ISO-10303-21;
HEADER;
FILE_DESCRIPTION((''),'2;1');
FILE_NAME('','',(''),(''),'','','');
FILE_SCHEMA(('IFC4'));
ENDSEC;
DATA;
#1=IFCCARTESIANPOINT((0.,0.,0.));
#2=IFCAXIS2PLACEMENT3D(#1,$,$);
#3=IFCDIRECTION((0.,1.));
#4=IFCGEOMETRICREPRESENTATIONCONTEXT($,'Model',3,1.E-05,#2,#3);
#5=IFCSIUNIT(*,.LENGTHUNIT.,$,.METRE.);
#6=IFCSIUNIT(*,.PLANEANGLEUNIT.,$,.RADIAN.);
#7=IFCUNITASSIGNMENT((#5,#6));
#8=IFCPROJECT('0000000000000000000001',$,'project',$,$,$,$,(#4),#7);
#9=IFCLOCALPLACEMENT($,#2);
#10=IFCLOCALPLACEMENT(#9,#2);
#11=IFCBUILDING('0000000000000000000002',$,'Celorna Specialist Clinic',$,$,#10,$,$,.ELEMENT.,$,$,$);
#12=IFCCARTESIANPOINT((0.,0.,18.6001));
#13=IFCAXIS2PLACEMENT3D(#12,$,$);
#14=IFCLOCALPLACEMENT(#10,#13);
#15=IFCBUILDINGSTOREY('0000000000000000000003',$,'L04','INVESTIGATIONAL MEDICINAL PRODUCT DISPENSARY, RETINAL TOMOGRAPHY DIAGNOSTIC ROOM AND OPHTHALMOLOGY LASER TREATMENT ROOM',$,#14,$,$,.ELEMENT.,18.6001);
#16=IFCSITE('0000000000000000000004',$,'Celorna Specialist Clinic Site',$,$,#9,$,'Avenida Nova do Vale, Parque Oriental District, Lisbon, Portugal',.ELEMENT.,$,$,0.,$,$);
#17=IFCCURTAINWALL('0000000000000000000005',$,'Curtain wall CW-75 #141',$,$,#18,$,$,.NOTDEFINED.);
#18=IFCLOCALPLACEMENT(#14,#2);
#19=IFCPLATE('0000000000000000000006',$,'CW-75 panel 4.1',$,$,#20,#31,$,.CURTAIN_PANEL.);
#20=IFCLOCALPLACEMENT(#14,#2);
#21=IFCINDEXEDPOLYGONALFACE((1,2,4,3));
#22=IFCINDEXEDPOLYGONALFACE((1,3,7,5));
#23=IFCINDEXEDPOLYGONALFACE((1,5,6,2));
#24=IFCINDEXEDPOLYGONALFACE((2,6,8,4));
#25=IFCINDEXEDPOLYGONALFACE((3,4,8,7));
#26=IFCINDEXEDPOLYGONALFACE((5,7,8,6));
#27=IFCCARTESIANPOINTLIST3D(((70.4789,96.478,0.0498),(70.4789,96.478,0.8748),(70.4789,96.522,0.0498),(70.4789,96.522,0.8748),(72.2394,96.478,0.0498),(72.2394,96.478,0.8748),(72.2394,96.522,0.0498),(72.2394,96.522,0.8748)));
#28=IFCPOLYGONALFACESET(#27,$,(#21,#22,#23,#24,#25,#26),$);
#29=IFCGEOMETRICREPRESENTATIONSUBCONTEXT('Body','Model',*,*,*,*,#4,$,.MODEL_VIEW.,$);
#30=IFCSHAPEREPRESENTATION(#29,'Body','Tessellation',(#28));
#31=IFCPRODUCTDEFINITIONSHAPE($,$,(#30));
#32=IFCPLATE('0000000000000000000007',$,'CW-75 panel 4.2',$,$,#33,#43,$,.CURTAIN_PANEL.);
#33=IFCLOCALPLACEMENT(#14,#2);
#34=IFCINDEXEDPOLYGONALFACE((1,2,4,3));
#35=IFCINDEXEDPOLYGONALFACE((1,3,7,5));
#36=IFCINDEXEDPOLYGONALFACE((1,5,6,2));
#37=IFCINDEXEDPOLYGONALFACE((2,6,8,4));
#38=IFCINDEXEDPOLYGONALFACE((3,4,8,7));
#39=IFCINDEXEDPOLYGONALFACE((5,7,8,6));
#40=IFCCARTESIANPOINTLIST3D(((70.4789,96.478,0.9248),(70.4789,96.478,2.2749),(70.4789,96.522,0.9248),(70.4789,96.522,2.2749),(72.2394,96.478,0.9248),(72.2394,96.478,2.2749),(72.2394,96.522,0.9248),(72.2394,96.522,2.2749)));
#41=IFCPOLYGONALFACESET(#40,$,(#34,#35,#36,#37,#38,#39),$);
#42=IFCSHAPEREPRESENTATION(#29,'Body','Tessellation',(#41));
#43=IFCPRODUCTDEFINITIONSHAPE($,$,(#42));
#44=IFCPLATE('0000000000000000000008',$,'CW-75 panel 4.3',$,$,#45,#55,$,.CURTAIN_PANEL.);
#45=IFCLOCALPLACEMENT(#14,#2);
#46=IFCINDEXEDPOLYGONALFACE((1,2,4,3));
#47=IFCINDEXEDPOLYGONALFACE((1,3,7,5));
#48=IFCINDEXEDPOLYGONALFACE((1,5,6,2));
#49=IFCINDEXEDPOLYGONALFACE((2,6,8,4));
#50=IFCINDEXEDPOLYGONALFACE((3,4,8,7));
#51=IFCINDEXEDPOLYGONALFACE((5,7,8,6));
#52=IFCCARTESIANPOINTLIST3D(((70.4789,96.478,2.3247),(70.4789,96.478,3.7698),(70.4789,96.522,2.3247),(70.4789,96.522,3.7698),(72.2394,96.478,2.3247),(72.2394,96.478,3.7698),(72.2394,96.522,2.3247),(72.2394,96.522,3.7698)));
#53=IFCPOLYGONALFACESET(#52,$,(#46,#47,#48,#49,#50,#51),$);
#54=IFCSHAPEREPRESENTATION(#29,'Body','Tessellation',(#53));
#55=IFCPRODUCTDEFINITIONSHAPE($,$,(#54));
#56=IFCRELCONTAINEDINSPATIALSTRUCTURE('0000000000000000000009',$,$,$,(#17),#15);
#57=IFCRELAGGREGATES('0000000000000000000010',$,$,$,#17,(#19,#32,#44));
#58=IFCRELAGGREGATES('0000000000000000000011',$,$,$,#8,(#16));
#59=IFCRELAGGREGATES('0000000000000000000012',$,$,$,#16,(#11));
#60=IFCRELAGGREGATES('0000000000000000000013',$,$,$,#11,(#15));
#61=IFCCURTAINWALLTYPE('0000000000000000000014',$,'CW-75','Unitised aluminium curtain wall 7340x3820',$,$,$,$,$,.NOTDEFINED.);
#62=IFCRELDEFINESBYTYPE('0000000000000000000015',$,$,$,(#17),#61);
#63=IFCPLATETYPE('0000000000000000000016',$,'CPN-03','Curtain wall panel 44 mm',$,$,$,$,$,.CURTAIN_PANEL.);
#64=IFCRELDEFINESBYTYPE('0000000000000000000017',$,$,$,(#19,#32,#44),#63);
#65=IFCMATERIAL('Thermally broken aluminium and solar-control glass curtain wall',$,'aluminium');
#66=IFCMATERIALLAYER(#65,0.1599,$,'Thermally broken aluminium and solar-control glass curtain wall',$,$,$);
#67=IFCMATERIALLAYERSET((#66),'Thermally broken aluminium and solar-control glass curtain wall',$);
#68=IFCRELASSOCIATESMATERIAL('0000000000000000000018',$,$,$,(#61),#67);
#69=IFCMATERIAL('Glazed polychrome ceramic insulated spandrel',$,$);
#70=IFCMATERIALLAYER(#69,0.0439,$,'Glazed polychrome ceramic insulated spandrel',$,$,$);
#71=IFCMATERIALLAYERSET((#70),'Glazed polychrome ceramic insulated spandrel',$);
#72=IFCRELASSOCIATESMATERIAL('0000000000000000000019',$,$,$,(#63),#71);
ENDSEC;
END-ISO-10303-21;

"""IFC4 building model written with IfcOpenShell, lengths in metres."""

from ifc_helpers import new_model, si_unit, direction, frame, origin, origin_2d, place, context, subcontext, project, spatial, rectangle, extrude, material, layer, layer_set, type_object, element, aggregate, save


model = new_model("IFC4")

# Units and contexts
model_context = context("Model", 3, precision=1e-05, world=origin(), true_north=direction((0.0, 1.0)))
body_context = subcontext(model_context, "Body", "Model", "MODEL_VIEW")
ifc_project = project(units=[si_unit("LENGTHUNIT", "METRE"), si_unit("PLANEANGLEUNIT", "RADIAN")], contexts=[model_context])

# Site, building, storey
site_placement = place(None, origin())
site = spatial("IfcSite", under=ifc_project, at=site_placement, Name="Celorna Specialist Clinic Site", LongName="Avenida Nova do Vale, Parque Oriental District, Lisbon, Portugal", CompositionType="ELEMENT", RefElevation=0.0)
building_placement = place(site_placement, origin())
building = spatial("IfcBuilding", under=site, at=building_placement, Name="Celorna Specialist Clinic", CompositionType="ELEMENT")
storey_placement = place(building_placement, frame((0.0, 0.0, 18.6001)))
storey = spatial("IfcBuildingStorey", under=building, at=storey_placement, Name="L04", Description="INVESTIGATIONAL MEDICINAL PRODUCT DISPENSARY, RETINAL TOMOGRAPHY DIAGNOSTIC ROOM AND OPHTHALMOLOGY LASER TREATMENT ROOM", CompositionType="ELEMENT", Elevation=18.6001)

# Curtain wall
ifc_material_1 = material(Name="Thermally broken aluminium and solar-control glass curtain wall", Category="aluminium")
ifc_layer_1 = layer(ifc_material_1, 0.1599, Name="Thermally broken aluminium and solar-control glass curtain wall")
ifc_layer_set_1 = layer_set([ifc_layer_1], Name="Thermally broken aluminium and solar-control glass curtain wall")
curtain_wall_type_1 = type_object("IfcCurtainWallType", Name="CW-75", Description="Unitised aluminium curtain wall 7340x3820", PredefinedType="NOTDEFINED", material=ifc_layer_set_1)
curtain_wall_1_placement = place(storey_placement, origin())
curtain_wall_1 = element("IfcCurtainWall", 1, at=curtain_wall_1_placement, inside=storey, type_object=curtain_wall_type_1, Name="Curtain wall CW-75 #141", PredefinedType="NOTDEFINED")

# Plates
ifc_material_2 = material(Name="Glazed polychrome ceramic insulated spandrel")
ifc_layer_2 = layer(ifc_material_2, 0.0439, Name="Glazed polychrome ceramic insulated spandrel")
ifc_layer_set_2 = layer_set([ifc_layer_2], Name="Glazed polychrome ceramic insulated spandrel")
plate_type_1 = type_object("IfcPlateType", Name="CPN-03", Description="Curtain wall panel 44 mm", PredefinedType="CURTAIN_PANEL", material=ifc_layer_set_2)
plate_1_placement = place(storey_placement, frame((71.3591, 96.5, 0.0498), z_axis=(0.0, 0.0, 1.0), x_axis=(-1.0, 0.0, 0.0)))
plate_1 = element("IfcPlate", 2, at=plate_1_placement, type_object=plate_type_1, Name="CW-75 panel 4.1", PredefinedType="CURTAIN_PANEL", context=body_context, shape_type="SweptSolid", body=[
    extrude(rectangle(XDim=1.7605, YDim=0.0439, at=origin_2d()), origin(), (0.0, 0.0, 1.0), 0.825),
])
plate_2_placement = place(storey_placement, frame((71.3591, 96.5, 0.9248), z_axis=(0.0, 0.0, 1.0), x_axis=(-1.0, 0.0, 0.0)))
plate_2 = element("IfcPlate", 3, at=plate_2_placement, type_object=plate_type_1, Name="CW-75 panel 4.2", PredefinedType="CURTAIN_PANEL", context=body_context, shape_type="SweptSolid", body=[
    extrude(rectangle(XDim=1.7605, YDim=0.0439, at=origin_2d()), origin(), (0.0, 0.0, 1.0), 1.3501),
])
plate_3_placement = place(storey_placement, frame((71.3591, 96.5, 2.3247), z_axis=(0.0, 0.0, 1.0), x_axis=(-1.0, 0.0, 0.0)))
plate_3 = element("IfcPlate", 4, at=plate_3_placement, type_object=plate_type_1, Name="CW-75 panel 4.3", PredefinedType="CURTAIN_PANEL", context=body_context, shape_type="SweptSolid", body=[
    extrude(rectangle(XDim=1.7605, YDim=0.0439, at=origin_2d()), origin(), (0.0, 0.0, 1.0), 1.4451),
])
aggregate(curtain_wall_1, [plate_1, plate_2, plate_3])

save(model, "model.ifc")
